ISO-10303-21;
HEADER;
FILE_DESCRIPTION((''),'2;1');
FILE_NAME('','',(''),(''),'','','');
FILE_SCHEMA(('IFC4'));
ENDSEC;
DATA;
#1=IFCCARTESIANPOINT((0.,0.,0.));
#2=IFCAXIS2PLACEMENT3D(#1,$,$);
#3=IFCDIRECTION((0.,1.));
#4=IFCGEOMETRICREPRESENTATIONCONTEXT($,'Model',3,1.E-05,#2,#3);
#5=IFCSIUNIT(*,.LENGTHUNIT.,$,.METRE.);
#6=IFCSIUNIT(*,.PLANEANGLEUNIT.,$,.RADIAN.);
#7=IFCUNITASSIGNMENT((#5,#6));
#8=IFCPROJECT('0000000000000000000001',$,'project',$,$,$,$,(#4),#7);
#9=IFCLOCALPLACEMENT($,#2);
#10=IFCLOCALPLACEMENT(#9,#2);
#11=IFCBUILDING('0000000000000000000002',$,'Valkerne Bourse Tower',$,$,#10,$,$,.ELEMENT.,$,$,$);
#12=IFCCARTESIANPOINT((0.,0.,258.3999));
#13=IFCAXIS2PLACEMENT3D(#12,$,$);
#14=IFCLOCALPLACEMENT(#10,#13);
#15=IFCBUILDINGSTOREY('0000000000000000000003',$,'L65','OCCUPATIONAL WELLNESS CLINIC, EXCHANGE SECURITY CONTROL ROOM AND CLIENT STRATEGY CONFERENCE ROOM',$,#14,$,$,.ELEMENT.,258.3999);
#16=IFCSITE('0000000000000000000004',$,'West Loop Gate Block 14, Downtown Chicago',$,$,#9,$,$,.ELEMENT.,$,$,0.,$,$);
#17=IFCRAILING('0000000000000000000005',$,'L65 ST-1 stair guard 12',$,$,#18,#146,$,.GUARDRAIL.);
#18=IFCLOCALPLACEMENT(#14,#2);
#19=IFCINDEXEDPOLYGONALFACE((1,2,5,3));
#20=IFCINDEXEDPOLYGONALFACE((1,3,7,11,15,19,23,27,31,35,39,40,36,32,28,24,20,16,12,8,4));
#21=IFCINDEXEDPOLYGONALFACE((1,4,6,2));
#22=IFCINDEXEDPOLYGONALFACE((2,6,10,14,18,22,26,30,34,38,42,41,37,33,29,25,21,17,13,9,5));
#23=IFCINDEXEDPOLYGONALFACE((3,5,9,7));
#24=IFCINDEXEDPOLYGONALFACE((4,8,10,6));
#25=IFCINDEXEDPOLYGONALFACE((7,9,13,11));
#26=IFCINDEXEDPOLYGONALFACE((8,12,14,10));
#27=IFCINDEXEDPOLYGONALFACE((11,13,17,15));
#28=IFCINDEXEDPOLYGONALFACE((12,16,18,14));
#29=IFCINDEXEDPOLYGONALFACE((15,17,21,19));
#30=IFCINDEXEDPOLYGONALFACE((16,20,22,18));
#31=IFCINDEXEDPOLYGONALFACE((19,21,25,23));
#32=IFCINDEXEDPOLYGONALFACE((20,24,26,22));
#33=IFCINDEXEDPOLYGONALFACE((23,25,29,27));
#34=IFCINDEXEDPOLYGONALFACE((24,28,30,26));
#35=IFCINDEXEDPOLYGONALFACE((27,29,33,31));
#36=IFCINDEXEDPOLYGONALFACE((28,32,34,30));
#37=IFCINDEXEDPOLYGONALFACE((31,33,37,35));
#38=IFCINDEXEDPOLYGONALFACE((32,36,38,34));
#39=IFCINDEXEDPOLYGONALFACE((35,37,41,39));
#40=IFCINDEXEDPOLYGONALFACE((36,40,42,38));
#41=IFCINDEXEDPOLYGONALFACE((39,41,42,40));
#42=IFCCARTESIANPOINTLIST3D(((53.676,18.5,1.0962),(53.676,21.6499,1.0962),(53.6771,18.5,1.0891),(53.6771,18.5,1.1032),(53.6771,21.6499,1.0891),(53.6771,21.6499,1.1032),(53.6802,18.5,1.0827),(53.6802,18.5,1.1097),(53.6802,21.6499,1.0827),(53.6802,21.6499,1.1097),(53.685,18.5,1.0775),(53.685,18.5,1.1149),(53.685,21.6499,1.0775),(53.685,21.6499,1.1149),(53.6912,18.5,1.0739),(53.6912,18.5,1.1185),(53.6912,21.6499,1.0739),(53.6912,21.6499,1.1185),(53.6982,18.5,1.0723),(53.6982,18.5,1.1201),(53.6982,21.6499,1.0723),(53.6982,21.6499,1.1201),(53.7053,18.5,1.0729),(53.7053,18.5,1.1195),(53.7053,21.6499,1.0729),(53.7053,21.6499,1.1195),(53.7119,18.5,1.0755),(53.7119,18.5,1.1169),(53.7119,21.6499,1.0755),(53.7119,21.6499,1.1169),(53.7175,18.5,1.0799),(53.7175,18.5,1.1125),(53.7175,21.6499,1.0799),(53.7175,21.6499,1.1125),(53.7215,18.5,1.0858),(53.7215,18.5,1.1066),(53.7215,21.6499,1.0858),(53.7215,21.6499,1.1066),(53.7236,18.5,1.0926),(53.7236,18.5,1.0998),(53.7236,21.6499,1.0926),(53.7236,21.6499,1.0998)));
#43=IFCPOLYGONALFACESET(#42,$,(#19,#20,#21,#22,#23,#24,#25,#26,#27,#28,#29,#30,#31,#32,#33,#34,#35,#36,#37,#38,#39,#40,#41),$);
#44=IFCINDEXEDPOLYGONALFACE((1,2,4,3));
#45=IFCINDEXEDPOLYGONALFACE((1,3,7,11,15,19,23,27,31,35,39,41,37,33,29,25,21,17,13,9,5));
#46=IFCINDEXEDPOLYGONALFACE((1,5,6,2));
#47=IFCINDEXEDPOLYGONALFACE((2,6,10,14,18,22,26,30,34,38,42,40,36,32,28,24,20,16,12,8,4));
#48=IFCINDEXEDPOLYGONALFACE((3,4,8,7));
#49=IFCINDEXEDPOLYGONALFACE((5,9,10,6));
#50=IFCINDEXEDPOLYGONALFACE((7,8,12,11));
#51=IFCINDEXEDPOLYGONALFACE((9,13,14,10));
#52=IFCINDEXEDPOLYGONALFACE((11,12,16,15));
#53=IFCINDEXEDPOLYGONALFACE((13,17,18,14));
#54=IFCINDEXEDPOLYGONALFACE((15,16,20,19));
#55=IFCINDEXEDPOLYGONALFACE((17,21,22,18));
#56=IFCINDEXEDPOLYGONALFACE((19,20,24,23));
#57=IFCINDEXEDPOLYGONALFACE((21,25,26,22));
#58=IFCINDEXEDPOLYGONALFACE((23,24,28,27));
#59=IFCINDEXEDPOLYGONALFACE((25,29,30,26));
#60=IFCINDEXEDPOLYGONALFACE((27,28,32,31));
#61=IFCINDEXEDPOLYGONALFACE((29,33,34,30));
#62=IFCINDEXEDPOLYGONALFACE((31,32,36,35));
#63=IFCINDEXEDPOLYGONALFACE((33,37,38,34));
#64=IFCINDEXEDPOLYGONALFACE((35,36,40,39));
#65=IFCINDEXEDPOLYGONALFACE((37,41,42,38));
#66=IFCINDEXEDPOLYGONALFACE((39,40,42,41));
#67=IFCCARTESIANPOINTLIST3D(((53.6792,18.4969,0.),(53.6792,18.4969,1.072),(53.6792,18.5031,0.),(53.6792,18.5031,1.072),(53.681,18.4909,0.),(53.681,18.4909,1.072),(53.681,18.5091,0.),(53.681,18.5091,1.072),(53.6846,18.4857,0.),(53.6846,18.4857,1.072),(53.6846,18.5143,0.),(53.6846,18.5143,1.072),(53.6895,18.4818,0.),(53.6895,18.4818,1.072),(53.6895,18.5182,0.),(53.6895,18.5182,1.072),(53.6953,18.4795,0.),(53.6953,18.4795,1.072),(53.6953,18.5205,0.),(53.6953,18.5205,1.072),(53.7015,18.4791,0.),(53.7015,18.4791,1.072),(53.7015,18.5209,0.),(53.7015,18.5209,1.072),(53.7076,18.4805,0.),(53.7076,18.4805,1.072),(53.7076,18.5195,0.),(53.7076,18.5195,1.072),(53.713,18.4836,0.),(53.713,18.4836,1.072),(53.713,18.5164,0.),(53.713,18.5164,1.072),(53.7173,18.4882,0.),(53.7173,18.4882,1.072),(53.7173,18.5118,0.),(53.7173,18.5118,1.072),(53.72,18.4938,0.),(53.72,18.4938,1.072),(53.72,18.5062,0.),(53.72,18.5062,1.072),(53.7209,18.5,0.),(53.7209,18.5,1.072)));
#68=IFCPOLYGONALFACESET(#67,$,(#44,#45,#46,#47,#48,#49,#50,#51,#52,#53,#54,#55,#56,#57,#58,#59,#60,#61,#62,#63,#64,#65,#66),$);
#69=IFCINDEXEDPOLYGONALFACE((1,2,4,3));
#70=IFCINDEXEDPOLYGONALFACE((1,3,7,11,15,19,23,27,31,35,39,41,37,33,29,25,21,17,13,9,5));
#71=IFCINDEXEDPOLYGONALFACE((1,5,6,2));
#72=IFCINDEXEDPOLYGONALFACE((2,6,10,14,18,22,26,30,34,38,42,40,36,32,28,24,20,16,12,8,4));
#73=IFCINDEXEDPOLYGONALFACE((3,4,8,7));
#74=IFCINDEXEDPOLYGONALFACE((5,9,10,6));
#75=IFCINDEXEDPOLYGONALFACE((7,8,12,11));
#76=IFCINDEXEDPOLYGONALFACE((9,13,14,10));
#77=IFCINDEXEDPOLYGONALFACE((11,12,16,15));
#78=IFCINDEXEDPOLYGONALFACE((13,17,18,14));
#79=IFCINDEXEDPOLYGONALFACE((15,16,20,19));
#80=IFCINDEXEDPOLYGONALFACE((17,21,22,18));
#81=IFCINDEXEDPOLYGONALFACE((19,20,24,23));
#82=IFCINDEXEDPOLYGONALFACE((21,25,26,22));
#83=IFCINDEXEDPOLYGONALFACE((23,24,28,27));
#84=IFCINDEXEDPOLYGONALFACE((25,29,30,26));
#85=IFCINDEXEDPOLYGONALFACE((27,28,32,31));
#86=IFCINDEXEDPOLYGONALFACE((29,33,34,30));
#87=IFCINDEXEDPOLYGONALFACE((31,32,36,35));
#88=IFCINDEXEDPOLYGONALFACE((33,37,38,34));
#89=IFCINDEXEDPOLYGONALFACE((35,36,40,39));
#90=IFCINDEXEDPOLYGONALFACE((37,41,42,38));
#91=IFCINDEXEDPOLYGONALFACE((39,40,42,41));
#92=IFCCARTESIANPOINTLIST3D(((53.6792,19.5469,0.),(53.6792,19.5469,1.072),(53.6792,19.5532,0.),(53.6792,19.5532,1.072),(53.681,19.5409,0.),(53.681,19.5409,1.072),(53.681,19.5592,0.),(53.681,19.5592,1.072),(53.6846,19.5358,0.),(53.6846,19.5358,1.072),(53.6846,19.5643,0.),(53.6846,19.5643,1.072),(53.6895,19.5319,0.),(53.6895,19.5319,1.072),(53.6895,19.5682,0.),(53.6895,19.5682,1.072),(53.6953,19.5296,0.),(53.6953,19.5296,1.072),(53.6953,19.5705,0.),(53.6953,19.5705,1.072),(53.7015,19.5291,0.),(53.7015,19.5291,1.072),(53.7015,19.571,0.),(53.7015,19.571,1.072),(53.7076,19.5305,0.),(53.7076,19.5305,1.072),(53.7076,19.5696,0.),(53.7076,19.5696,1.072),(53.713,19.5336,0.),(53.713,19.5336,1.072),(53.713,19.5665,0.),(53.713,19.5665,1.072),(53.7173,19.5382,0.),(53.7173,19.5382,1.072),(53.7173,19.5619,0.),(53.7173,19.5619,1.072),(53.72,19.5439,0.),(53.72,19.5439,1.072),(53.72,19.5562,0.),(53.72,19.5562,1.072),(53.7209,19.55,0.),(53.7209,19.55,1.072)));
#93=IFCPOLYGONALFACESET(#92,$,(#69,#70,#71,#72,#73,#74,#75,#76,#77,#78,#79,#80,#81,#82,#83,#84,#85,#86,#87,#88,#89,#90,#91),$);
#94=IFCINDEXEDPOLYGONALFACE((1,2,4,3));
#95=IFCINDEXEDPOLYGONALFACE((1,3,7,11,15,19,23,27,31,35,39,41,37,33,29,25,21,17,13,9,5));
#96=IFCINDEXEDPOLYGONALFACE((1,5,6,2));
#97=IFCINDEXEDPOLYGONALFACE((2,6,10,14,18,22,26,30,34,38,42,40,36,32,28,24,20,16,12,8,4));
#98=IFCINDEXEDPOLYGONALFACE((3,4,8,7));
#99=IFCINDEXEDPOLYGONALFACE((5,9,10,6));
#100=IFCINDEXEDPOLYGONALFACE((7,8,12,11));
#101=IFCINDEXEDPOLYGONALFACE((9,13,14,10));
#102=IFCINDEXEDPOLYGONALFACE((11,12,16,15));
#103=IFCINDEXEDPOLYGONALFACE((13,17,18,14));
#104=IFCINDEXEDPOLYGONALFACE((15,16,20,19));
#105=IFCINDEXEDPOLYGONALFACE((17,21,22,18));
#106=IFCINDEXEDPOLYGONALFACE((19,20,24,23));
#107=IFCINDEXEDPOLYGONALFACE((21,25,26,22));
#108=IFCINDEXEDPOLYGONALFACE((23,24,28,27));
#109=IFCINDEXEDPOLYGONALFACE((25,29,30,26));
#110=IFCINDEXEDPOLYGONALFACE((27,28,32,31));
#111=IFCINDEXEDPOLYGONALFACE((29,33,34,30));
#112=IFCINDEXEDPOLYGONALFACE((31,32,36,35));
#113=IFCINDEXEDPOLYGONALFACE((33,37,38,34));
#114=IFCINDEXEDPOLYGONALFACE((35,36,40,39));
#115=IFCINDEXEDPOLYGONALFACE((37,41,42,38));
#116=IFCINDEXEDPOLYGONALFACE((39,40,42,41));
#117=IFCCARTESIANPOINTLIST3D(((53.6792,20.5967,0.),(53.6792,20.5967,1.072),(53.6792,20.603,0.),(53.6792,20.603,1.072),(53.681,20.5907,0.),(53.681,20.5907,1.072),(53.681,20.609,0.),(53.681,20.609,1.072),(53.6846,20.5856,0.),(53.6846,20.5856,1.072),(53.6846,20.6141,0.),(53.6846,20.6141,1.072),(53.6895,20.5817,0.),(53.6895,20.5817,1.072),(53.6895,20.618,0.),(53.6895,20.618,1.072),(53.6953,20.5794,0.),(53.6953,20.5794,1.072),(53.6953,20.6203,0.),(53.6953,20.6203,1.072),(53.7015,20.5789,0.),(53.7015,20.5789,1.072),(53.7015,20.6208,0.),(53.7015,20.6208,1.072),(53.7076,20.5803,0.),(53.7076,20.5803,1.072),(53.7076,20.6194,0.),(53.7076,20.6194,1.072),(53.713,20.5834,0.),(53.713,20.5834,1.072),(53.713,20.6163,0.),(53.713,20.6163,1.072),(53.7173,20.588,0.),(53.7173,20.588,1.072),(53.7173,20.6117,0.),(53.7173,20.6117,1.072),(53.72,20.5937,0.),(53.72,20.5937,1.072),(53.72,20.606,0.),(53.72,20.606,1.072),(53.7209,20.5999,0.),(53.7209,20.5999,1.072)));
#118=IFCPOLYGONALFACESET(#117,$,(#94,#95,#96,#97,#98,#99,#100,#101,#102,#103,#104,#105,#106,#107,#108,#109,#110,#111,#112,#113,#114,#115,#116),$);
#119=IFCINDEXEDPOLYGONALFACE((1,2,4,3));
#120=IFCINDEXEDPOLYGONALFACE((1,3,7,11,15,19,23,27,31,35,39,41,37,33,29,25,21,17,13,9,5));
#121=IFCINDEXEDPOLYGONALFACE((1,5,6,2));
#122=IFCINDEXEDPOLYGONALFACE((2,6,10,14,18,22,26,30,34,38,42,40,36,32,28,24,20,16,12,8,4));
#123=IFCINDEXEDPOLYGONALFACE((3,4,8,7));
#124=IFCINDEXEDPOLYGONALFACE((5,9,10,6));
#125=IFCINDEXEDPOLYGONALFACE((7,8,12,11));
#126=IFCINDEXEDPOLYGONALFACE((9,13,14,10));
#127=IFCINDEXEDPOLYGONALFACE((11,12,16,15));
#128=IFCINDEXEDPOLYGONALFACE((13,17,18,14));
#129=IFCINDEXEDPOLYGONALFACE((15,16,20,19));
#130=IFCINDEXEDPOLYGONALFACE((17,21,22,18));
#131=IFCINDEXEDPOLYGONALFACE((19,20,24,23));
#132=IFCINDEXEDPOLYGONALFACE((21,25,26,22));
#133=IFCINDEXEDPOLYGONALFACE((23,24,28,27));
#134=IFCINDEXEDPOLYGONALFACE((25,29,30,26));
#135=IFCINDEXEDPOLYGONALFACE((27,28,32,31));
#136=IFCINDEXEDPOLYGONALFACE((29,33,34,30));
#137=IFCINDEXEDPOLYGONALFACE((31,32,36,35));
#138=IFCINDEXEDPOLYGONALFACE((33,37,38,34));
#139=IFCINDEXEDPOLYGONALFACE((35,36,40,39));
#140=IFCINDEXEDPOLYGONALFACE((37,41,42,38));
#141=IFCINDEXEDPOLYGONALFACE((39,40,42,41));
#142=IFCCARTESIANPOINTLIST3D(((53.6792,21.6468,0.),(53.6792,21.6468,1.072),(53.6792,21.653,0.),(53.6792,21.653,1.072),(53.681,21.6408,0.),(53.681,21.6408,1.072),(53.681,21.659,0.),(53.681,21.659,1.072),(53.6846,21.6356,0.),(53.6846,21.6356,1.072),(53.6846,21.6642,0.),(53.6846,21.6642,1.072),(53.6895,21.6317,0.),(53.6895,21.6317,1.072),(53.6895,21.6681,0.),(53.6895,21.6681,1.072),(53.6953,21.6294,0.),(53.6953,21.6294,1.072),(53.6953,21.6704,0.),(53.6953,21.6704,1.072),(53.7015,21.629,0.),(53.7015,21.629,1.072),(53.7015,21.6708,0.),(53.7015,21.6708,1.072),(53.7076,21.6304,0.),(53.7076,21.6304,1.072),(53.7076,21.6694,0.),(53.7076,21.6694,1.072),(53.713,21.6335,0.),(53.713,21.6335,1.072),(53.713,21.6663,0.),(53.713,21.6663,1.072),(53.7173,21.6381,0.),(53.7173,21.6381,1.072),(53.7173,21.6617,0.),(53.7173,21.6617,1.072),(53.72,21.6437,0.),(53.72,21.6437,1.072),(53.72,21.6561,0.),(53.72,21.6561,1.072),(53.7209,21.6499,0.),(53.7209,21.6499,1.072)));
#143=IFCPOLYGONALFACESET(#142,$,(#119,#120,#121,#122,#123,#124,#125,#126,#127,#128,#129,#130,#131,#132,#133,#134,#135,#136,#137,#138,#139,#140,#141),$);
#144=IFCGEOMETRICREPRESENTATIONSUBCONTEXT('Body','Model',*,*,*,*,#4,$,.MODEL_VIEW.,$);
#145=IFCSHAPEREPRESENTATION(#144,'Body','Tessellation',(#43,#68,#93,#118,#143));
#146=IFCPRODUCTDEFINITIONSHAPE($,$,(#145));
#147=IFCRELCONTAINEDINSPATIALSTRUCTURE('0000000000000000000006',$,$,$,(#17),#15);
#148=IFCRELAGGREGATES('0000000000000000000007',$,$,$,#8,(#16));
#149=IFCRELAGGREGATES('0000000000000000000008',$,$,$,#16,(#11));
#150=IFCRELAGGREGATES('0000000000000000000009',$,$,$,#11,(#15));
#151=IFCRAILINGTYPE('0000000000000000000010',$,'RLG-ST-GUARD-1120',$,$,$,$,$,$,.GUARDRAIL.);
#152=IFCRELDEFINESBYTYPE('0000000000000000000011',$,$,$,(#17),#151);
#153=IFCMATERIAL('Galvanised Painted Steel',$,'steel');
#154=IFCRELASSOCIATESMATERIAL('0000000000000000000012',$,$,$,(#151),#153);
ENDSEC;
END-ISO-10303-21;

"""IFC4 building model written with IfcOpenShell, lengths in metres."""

from ifc_helpers import new_model, si_unit, direction, frame, origin, origin_2d, place, context, subcontext, project, spatial, circle, extrude, material, type_object, element, save


model = new_model("IFC4")

# Units and contexts
model_context = context("Model", 3, precision=1e-05, world=origin(), true_north=direction((0.0, 1.0)))
body_context = subcontext(model_context, "Body", "Model", "MODEL_VIEW")
ifc_project = project(units=[si_unit("LENGTHUNIT", "METRE"), si_unit("PLANEANGLEUNIT", "RADIAN")], contexts=[model_context])

# Site, building, storey
site_placement = place(None, origin())
site = spatial("IfcSite", under=ifc_project, at=site_placement, Name="West Loop Gate Block 14, Downtown Chicago", CompositionType="ELEMENT", RefElevation=0.0)
building_placement = place(site_placement, origin())
building = spatial("IfcBuilding", under=site, at=building_placement, Name="Valkerne Bourse Tower", CompositionType="ELEMENT")
storey_placement = place(building_placement, frame((0.0, 0.0, 258.3999)))
storey = spatial("IfcBuildingStorey", under=building, at=storey_placement, Name="L65", Description="OCCUPATIONAL WELLNESS CLINIC, EXCHANGE SECURITY CONTROL ROOM AND CLIENT STRATEGY CONFERENCE ROOM", CompositionType="ELEMENT", Elevation=258.3999)

# Railing
ifc_material_1 = material(Name="Galvanised Painted Steel", Category="steel")
railing_type = type_object("IfcRailingType", Name="RLG-ST-GUARD-1120", PredefinedType="GUARDRAIL", material=ifc_material_1)
railing_1_placement = place(storey_placement, frame((53.7, 18.5, 0.0)))
element("IfcRailing", 1, at=railing_1_placement, inside=storey, type_object=railing_type, Name="L65 ST-1 stair guard 12", PredefinedType="GUARDRAIL", context=body_context, shape_type="SweptSolid", body=[
    extrude(circle(Radius=0.0239, at=origin_2d()), frame((0.0, 0.0, 1.0962), z_axis=(0.0, 1.0, 0.0), x_axis=(-1.0, 0.0, 0.0)), (0.0, 0.0, 1.0), 3.1499),
    extrude(circle(Radius=0.021, at=origin_2d()), origin(), (0.0, 0.0, 1.0), 1.072),
    extrude(circle(Radius=0.021, at=origin_2d()), frame((0.0, 1.05, 0.0)), (0.0, 0.0, 1.0), 1.072),
    extrude(circle(Radius=0.021, at=origin_2d()), frame((0.0, 2.0999, 0.0)), (0.0, 0.0, 1.0), 1.072),
    extrude(circle(Radius=0.021, at=origin_2d()), frame((0.0, 3.1499, 0.0)), (0.0, 0.0, 1.0), 1.072),
])

save(model, "model.ifc")
